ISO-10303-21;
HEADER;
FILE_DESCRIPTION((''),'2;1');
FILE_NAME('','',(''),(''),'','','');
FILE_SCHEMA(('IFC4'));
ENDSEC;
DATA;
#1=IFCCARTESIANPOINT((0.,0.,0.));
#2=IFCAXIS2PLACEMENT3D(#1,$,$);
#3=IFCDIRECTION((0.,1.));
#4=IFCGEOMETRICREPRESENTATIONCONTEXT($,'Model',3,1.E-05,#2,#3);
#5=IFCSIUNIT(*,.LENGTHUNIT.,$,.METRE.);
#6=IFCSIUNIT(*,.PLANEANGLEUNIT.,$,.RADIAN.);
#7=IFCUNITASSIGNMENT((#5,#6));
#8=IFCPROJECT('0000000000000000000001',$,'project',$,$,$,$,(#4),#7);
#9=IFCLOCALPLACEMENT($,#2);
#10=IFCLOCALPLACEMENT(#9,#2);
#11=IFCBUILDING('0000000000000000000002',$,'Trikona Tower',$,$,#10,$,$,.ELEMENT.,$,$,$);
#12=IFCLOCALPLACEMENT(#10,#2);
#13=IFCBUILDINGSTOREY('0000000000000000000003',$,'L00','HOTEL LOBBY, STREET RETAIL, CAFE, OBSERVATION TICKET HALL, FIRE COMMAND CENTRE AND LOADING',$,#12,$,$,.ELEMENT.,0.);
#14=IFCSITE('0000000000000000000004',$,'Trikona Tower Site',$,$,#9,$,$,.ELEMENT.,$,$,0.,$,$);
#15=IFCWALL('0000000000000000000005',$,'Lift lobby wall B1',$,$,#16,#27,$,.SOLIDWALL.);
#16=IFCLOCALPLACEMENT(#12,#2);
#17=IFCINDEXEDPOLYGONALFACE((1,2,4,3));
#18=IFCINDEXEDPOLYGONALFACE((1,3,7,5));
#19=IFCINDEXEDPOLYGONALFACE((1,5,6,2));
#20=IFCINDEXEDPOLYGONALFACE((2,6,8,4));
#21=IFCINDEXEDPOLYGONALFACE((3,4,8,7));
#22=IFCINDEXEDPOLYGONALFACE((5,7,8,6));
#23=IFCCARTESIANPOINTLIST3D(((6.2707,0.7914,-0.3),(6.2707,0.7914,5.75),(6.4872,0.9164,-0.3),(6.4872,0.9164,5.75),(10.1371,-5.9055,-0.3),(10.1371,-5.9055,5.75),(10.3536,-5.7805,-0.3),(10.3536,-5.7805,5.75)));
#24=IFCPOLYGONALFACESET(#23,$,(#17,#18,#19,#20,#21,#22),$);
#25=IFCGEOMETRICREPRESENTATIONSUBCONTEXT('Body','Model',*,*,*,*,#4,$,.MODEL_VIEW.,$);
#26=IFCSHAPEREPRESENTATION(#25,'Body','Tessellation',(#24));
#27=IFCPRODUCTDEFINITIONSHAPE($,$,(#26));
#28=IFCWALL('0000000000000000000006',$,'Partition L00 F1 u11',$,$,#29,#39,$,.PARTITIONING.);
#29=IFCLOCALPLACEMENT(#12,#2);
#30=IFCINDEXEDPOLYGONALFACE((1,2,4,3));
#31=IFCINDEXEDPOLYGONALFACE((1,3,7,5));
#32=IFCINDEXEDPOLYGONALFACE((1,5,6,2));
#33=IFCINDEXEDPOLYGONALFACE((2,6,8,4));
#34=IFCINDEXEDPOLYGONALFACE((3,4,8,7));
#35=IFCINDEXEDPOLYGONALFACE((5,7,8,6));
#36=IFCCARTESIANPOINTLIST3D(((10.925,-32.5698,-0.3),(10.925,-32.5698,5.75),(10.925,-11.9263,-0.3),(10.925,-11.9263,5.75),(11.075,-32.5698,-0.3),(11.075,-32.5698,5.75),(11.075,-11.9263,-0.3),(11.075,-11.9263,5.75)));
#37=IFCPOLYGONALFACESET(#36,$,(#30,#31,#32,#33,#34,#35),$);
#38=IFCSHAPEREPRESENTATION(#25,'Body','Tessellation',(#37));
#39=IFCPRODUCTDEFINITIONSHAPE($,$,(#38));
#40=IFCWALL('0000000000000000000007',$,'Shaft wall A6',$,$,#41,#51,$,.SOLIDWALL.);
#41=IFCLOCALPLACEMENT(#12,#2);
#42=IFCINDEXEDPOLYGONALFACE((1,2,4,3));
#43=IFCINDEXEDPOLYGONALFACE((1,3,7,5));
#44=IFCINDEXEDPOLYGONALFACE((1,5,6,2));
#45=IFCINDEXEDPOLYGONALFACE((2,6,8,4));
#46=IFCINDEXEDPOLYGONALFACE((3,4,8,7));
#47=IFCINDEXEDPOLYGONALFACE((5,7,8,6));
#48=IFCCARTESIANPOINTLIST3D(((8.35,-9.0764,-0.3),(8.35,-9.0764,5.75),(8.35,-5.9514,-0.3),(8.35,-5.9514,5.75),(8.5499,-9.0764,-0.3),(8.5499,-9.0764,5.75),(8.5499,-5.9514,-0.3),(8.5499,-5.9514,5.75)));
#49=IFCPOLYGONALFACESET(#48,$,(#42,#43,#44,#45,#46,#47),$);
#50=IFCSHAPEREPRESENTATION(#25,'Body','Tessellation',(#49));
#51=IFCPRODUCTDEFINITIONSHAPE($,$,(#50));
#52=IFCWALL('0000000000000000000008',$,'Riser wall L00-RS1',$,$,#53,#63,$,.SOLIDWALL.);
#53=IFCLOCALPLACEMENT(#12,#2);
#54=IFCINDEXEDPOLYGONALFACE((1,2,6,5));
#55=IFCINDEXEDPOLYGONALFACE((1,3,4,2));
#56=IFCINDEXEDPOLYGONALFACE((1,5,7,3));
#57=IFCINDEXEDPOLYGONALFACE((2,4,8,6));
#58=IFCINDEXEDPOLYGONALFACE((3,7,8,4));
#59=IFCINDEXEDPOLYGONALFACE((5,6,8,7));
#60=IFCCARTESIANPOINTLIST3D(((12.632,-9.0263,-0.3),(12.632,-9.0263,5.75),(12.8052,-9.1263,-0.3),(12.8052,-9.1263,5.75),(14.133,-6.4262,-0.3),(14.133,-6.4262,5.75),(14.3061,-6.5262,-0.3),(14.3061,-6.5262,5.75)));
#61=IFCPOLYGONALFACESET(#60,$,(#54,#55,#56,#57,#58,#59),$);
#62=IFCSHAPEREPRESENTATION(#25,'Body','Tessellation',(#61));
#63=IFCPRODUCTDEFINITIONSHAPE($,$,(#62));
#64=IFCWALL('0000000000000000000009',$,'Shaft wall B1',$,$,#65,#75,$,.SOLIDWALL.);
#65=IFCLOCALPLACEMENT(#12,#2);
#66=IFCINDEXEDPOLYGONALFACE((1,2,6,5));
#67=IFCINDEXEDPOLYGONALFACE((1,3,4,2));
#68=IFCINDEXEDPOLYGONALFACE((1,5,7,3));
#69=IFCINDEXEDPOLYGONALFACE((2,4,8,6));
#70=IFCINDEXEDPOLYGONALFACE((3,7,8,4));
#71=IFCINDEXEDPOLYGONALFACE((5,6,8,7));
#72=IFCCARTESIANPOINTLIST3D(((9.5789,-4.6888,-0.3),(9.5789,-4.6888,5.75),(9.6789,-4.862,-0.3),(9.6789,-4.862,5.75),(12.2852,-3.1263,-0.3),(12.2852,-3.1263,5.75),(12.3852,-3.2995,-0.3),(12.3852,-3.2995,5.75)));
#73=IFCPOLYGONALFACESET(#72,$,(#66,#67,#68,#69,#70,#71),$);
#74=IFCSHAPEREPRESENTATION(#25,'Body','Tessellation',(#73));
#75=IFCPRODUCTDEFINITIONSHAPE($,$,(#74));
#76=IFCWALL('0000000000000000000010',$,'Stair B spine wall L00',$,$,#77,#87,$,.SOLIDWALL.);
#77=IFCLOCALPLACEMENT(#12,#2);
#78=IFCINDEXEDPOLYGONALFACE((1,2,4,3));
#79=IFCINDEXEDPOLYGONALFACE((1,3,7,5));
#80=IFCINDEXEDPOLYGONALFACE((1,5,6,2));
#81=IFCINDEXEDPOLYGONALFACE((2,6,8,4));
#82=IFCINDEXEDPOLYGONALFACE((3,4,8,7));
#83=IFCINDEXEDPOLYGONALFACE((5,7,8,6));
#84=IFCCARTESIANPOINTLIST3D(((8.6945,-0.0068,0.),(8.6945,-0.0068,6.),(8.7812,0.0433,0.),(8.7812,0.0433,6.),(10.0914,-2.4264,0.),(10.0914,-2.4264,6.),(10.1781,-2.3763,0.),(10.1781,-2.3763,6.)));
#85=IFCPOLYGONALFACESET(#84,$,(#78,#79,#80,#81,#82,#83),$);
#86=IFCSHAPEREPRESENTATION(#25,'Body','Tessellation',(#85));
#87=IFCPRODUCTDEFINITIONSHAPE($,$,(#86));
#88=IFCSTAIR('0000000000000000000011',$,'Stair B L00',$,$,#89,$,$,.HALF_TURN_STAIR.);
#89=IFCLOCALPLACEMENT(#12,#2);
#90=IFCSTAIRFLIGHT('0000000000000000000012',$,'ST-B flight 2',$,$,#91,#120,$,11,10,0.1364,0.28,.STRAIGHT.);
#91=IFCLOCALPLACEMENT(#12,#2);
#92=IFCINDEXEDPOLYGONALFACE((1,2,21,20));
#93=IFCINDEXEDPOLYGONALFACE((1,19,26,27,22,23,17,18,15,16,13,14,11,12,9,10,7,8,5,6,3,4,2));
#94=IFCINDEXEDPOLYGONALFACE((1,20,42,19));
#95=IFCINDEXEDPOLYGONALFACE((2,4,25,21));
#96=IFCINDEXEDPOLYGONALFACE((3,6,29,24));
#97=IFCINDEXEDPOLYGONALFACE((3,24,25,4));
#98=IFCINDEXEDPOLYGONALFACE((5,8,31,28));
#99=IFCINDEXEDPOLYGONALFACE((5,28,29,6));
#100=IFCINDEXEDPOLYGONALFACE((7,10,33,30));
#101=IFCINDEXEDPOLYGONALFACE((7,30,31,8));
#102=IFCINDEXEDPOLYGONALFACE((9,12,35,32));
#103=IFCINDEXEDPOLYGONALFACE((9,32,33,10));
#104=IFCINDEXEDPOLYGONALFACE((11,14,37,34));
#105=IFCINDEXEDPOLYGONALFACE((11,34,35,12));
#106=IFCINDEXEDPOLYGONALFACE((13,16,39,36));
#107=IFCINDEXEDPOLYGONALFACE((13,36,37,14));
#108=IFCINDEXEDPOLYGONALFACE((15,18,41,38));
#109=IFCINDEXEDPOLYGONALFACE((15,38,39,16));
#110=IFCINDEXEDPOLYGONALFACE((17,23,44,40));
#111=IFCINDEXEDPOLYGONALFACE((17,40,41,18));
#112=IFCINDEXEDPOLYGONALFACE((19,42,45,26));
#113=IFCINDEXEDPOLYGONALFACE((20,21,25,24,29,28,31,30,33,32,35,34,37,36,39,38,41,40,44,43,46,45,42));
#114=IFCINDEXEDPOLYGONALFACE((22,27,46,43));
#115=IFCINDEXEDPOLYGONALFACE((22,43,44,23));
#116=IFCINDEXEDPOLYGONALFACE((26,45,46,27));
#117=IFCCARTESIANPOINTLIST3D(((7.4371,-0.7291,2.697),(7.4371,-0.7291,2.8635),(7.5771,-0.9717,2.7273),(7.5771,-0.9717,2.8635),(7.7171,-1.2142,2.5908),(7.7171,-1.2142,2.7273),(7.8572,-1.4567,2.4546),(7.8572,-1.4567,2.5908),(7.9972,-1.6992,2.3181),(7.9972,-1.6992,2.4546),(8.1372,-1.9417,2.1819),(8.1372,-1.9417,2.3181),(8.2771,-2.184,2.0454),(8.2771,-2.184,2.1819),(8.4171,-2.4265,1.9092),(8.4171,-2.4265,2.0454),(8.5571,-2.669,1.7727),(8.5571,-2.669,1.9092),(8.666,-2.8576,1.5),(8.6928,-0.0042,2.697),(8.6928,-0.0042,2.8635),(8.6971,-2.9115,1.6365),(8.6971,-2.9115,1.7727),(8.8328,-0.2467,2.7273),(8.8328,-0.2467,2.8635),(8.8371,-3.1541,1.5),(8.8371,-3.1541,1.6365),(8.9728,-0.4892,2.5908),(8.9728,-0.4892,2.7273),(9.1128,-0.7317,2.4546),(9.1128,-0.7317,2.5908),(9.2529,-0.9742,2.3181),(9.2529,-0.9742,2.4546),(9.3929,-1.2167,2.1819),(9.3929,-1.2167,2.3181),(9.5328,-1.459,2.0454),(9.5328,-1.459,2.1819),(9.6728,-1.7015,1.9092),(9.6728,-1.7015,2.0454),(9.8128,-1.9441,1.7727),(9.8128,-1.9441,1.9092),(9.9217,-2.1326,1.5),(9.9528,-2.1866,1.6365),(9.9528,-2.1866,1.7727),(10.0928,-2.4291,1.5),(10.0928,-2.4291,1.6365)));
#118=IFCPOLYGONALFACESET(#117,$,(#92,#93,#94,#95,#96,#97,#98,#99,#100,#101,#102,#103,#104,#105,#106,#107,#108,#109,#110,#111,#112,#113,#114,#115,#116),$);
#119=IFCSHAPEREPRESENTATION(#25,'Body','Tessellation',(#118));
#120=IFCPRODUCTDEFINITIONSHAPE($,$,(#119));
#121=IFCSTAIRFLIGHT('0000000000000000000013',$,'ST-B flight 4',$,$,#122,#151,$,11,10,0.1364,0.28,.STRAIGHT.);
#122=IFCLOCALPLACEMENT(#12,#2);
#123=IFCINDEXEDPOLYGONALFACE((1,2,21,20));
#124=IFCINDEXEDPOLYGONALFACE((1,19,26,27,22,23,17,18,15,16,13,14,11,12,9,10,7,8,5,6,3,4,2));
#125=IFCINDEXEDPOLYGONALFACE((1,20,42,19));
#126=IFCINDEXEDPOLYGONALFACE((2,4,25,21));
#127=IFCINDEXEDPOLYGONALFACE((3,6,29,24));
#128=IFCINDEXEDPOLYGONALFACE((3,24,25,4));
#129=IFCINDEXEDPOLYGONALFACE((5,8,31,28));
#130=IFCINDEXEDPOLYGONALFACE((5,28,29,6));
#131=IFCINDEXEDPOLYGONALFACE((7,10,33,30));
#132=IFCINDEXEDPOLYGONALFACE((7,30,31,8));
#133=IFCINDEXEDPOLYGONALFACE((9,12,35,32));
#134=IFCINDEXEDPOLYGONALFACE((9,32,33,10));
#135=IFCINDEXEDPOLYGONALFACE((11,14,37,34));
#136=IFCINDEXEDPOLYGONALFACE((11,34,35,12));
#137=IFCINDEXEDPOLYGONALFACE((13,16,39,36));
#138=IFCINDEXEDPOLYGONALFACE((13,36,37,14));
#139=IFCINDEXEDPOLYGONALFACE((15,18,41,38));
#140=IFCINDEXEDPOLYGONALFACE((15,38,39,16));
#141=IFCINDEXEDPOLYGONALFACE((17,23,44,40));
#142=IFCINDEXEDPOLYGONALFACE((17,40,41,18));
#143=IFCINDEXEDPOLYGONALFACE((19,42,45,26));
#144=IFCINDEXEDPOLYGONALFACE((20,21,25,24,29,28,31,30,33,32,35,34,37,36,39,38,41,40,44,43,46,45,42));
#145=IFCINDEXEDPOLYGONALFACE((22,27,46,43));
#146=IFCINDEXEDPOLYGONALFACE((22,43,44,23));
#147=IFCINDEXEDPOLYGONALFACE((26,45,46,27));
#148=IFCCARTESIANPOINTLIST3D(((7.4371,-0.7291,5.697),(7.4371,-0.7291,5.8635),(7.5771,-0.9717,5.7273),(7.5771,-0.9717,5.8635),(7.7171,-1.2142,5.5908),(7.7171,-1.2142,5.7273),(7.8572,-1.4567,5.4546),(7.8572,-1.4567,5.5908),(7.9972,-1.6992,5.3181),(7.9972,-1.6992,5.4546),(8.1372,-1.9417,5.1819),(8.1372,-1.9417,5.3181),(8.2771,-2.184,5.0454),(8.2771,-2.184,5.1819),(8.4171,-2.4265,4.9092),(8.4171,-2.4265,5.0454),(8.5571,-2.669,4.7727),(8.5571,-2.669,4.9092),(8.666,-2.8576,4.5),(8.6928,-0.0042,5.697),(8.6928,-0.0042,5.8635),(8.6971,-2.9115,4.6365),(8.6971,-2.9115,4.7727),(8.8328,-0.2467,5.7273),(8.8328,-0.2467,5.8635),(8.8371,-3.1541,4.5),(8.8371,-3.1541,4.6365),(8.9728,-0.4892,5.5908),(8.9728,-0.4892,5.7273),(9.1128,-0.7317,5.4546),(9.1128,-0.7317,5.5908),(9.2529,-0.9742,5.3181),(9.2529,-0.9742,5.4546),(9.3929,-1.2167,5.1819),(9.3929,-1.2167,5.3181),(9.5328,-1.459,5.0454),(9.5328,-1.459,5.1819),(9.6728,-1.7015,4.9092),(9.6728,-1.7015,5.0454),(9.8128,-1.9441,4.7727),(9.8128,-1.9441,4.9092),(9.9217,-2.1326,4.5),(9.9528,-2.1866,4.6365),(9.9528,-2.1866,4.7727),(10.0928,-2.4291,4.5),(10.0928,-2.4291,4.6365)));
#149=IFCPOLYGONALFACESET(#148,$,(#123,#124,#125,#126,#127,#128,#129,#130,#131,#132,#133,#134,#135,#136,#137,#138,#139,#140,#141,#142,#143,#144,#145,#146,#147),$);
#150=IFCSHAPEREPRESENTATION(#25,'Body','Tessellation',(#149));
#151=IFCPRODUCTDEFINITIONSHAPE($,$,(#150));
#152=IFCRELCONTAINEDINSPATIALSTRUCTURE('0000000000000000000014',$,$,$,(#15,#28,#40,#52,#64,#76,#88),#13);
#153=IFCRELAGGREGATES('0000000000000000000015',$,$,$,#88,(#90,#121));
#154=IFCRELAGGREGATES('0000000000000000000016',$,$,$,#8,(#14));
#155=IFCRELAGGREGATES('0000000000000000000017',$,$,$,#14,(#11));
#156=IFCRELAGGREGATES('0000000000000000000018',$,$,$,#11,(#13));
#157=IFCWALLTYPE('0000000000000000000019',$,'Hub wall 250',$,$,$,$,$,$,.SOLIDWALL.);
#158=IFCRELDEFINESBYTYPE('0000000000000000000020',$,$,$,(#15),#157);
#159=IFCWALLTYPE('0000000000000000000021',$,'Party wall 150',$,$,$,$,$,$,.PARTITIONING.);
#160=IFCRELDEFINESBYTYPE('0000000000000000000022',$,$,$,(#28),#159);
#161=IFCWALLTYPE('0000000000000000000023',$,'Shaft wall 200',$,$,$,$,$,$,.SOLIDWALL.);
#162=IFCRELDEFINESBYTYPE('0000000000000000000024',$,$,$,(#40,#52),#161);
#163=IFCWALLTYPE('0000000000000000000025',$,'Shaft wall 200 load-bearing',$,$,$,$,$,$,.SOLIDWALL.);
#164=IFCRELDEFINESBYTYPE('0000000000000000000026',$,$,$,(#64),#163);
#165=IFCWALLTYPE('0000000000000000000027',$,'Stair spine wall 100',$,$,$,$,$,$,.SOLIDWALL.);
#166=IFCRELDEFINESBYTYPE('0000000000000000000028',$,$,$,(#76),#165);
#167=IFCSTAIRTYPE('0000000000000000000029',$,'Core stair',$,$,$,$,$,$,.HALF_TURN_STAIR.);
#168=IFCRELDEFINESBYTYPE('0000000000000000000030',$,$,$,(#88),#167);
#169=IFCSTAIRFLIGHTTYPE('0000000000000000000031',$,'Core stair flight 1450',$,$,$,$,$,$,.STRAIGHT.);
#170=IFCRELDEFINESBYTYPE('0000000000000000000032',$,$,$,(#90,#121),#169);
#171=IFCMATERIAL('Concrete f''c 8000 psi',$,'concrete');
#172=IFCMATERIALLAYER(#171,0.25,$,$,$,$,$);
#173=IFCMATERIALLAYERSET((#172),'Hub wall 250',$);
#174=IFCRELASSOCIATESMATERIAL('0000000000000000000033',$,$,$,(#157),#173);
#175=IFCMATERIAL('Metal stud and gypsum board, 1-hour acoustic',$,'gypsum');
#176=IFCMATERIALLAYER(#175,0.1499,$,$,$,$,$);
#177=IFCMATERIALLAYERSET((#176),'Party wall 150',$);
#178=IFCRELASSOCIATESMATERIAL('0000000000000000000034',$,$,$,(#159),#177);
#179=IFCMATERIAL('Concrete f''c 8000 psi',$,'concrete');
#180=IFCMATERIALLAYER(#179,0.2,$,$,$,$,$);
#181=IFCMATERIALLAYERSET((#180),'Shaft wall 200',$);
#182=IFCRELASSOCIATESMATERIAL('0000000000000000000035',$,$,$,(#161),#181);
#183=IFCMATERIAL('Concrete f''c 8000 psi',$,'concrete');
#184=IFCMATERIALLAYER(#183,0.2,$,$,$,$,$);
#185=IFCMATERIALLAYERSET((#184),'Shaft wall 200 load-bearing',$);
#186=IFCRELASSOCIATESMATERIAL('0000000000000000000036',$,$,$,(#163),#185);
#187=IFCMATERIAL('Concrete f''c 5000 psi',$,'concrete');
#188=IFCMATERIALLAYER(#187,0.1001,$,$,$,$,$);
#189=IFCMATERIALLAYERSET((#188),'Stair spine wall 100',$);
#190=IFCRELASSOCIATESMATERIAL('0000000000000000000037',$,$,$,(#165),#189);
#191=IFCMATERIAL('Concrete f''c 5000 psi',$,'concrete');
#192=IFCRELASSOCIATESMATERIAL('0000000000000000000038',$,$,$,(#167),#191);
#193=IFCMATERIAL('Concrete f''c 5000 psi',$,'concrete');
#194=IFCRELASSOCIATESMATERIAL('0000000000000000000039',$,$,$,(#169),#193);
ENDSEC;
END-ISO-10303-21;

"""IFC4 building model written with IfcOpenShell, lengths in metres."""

from ifc_helpers import new_model, si_unit, direction, frame, frame_2d, origin, place, context, subcontext, project, spatial, polyline, rectangle, outline, extrude, material, layer, layer_set, type_object, element, aggregate, save


model = new_model("IFC4")

# Units and contexts
model_context = context("Model", 3, precision=1e-05, world=origin(), true_north=direction((0.0, 1.0)))
body_context = subcontext(model_context, "Body", "Model", "MODEL_VIEW")
ifc_project = project(units=[si_unit("LENGTHUNIT", "METRE"), si_unit("PLANEANGLEUNIT", "RADIAN")], contexts=[model_context])

# Site, building, storey
site_placement = place(None, origin())
site = spatial("IfcSite", under=ifc_project, at=site_placement, Name="Trikona Tower Site", CompositionType="ELEMENT", RefElevation=0.0)
building_placement = place(site_placement, origin())
building = spatial("IfcBuilding", under=site, at=building_placement, Name="Trikona Tower", CompositionType="ELEMENT")
storey_placement = place(building_placement, origin())
storey = spatial("IfcBuildingStorey", under=building, at=storey_placement, Name="L00", Description="HOTEL LOBBY, STREET RETAIL, CAFE, OBSERVATION TICKET HALL, FIRE COMMAND CENTRE AND LOADING", CompositionType="ELEMENT", Elevation=0.0)

# Walls
ifc_material_1 = material(Name="Concrete f'c 8000 psi", Category="concrete")
ifc_layer_1 = layer(ifc_material_1, 0.25)
ifc_layer_set_1 = layer_set([ifc_layer_1], Name="Hub wall 250")
wall_type_1 = type_object("IfcWallType", Name="Hub wall 250", PredefinedType="SOLIDWALL", material=ifc_layer_set_1)
wall_1_placement = place(storey_placement, frame((10.2454, -5.843, -0.3), z_axis=(0.0, 0.0, 1.0), x_axis=(-0.499993, 0.866029, 0.0)))
element("IfcWall", 1, at=wall_1_placement, inside=storey, type_object=wall_type_1, Name="Lift lobby wall B1", PredefinedType="SOLIDWALL", context=body_context, shape_type="SweptSolid", body=[
    extrude(rectangle(XDim=7.7329, YDim=0.25, at=frame_2d((3.8665, 0.0))), origin(), (0.0, 0.0, 1.0), 6.05),
])
ifc_material_2 = material(Name="Metal stud and gypsum board, 1-hour acoustic", Category="gypsum")
ifc_layer_2 = layer(ifc_material_2, 0.1499)
ifc_layer_set_2 = layer_set([ifc_layer_2], Name="Party wall 150")
wall_type_2 = type_object("IfcWallType", Name="Party wall 150", PredefinedType="PARTITIONING", material=ifc_layer_set_2)
wall_2_placement = place(storey_placement, frame((11.0, -11.9263, -0.3), z_axis=(0.0, 0.0, 1.0), x_axis=(0.0, -1.0, 0.0)))
element("IfcWall", 2, at=wall_2_placement, inside=storey, type_object=wall_type_2, Name="Partition L00 F1 u11", PredefinedType="PARTITIONING", context=body_context, shape_type="SweptSolid", body=[
    extrude(rectangle(XDim=20.6436, YDim=0.1499, at=frame_2d((10.3218, 0.0))), origin(), (0.0, 0.0, 1.0), 6.05),
])
ifc_material_3 = material(Name="Concrete f'c 8000 psi", Category="concrete")
ifc_layer_3 = layer(ifc_material_3, 0.2)
ifc_layer_set_3 = layer_set([ifc_layer_3], Name="Shaft wall 200")
wall_type_3 = type_object("IfcWallType", Name="Shaft wall 200", PredefinedType="SOLIDWALL", material=ifc_layer_set_3)
wall_3_placement = place(storey_placement, frame((8.45, -5.9514, -0.3), z_axis=(0.0, 0.0, 1.0), x_axis=(0.0, -1.0, 0.0)))
element("IfcWall", 3, at=wall_3_placement, inside=storey, type_object=wall_type_3, Name="Shaft wall A6", PredefinedType="SOLIDWALL", context=body_context, shape_type="SweptSolid", body=[
    extrude(rectangle(XDim=3.125, YDim=0.2, at=frame_2d((1.5625, 0.0))), origin(), (0.0, 0.0, 1.0), 6.05),
])
wall_4_placement = place(storey_placement, frame((14.2195, -6.4763, -0.3), z_axis=(0.0, 0.0, 1.0), x_axis=(-0.499952, -0.866053, 0.0)))
element("IfcWall", 4, at=wall_4_placement, inside=storey, type_object=wall_type_3, Name="Riser wall L00-RS1", PredefinedType="SOLIDWALL", context=body_context, shape_type="SweptSolid", body=[
    extrude(rectangle(XDim=3.0022, YDim=0.2, at=frame_2d((1.501, 0.0))), origin(), (0.0, 0.0, 1.0), 6.05),
])
ifc_material_4 = material(Name="Concrete f'c 8000 psi", Category="concrete")
ifc_layer_4 = layer(ifc_material_4, 0.2)
ifc_layer_set_4 = layer_set([ifc_layer_4], Name="Shaft wall 200 load-bearing")
wall_type_4 = type_object("IfcWallType", Name="Shaft wall 200 load-bearing", PredefinedType="SOLIDWALL", material=ifc_layer_set_4)
wall_5_placement = place(storey_placement, frame((9.6289, -4.7754, -0.3), z_axis=(0.0, 0.0, 1.0), x_axis=(0.866023, 0.500004, 0.0)))
element("IfcWall", 5, at=wall_5_placement, inside=storey, type_object=wall_type_4, Name="Shaft wall B1", PredefinedType="SOLIDWALL", context=body_context, shape_type="SweptSolid", body=[
    extrude(rectangle(XDim=3.125, YDim=0.2, at=frame_2d((1.5625, 0.0))), origin(), (0.0, 0.0, 1.0), 6.05),
])
ifc_material_5 = material(Name="Concrete f'c 5000 psi", Category="concrete")
ifc_layer_5 = layer(ifc_material_5, 0.1001)
ifc_layer_set_5 = layer_set([ifc_layer_5], Name="Stair spine wall 100")
wall_type_5 = type_object("IfcWallType", Name="Stair spine wall 100", PredefinedType="SOLIDWALL", material=ifc_layer_set_5)
wall_6_placement = place(storey_placement, frame((10.1348, -2.4014, 0.0), z_axis=(0.0, 0.0, 1.0), x_axis=(-0.499992, 0.86603, 0.0)))
element("IfcWall", 6, at=wall_6_placement, inside=storey, type_object=wall_type_5, Name="Stair B spine wall L00", PredefinedType="SOLIDWALL", context=body_context, shape_type="SweptSolid", body=[
    extrude(rectangle(XDim=2.7939, YDim=0.1001, at=frame_2d((1.397, 0.0))), origin(), (0.0, 0.0, 1.0), 6.0),
])

# Stair, stair flights
ifc_material_6 = material(Name="Concrete f'c 5000 psi", Category="concrete")
stair_type = type_object("IfcStairType", Name="Core stair", PredefinedType="HALF_TURN_STAIR", material=ifc_material_6)
stair_placement = place(storey_placement, origin())
stair = element("IfcStair", 7, at=stair_placement, inside=storey, type_object=stair_type, Name="Stair B L00", PredefinedType="HALF_TURN_STAIR")
ifc_material_7 = material(Name="Concrete f'c 5000 psi", Category="concrete")
stair_flight_type = type_object("IfcStairFlightType", Name="Core stair flight 1450", PredefinedType="STRAIGHT", material=ifc_material_7)
stair_flight_1_placement = place(storey_placement, frame((9.4651, -2.7915, 1.5), z_axis=(0.0, 0.0, 1.0), x_axis=(-0.5, 0.866025, 0.0)))
stair_flight_1 = element("IfcStairFlight", 8, at=stair_flight_1_placement, type_object=stair_flight_type, Name="ST-B flight 2", NumberOfRisers=11, NumberOfTreads=10, PredefinedType="STRAIGHT", RiserHeight=0.1364, TreadLength=0.28, context=body_context, shape_type="SweptSolid", body=[
    extrude(outline(polyline([(0.0, 0.0), (0.0, 0.1365), (0.28, 0.1365), (0.28, 0.2727), (0.5601, 0.2727), (0.5601, 0.4092), (0.8401, 0.4092), (0.8401, 0.5454), (1.1201, 0.5454), (1.1201, 0.6819), (1.3999, 0.6819), (1.3999, 0.8181), (1.6799, 0.8181), (1.6799, 0.9546), (1.96, 0.9546), (1.96, 1.0908), (2.24, 1.0908), (2.24, 1.2273), (2.52, 1.2273), (2.52, 1.3635), (2.8, 1.3635), (2.8, 1.5), (2.8, 1.197), (0.3423, 0.0), (0.0, 0.0)])), frame((0.0, 0.7251, 0.0), z_axis=(0.0, -1.0, 0.0), x_axis=(1.0, 0.0, 0.0)), (0.0, 0.0, 1.0), 1.45),
])
stair_flight_2_placement = place(storey_placement, frame((9.4651, -2.7915, 4.5), z_axis=(0.0, 0.0, 1.0), x_axis=(-0.5, 0.866025, 0.0)))
stair_flight_2 = element("IfcStairFlight", 9, at=stair_flight_2_placement, type_object=stair_flight_type, Name="ST-B flight 4", NumberOfRisers=11, NumberOfTreads=10, PredefinedType="STRAIGHT", RiserHeight=0.1364, TreadLength=0.28, context=body_context, shape_type="SweptSolid", body=[
    extrude(outline(polyline([(0.0, 0.0), (0.0, 0.1365), (0.28, 0.1365), (0.28, 0.2727), (0.5601, 0.2727), (0.5601, 0.4092), (0.8401, 0.4092), (0.8401, 0.5454), (1.1201, 0.5454), (1.1201, 0.6819), (1.3999, 0.6819), (1.3999, 0.8181), (1.6799, 0.8181), (1.6799, 0.9546), (1.96, 0.9546), (1.96, 1.0908), (2.24, 1.0908), (2.24, 1.2273), (2.52, 1.2273), (2.52, 1.3635), (2.8, 1.3635), (2.8, 1.5), (2.8, 1.197), (0.3423, 0.0), (0.0, 0.0)])), frame((0.0, 0.7251, 0.0), z_axis=(0.0, -1.0, 0.0), x_axis=(1.0, 0.0, 0.0)), (0.0, 0.0, 1.0), 1.45),
])
aggregate(stair, [stair_flight_1, stair_flight_2])

save(model, "model.ifc")
